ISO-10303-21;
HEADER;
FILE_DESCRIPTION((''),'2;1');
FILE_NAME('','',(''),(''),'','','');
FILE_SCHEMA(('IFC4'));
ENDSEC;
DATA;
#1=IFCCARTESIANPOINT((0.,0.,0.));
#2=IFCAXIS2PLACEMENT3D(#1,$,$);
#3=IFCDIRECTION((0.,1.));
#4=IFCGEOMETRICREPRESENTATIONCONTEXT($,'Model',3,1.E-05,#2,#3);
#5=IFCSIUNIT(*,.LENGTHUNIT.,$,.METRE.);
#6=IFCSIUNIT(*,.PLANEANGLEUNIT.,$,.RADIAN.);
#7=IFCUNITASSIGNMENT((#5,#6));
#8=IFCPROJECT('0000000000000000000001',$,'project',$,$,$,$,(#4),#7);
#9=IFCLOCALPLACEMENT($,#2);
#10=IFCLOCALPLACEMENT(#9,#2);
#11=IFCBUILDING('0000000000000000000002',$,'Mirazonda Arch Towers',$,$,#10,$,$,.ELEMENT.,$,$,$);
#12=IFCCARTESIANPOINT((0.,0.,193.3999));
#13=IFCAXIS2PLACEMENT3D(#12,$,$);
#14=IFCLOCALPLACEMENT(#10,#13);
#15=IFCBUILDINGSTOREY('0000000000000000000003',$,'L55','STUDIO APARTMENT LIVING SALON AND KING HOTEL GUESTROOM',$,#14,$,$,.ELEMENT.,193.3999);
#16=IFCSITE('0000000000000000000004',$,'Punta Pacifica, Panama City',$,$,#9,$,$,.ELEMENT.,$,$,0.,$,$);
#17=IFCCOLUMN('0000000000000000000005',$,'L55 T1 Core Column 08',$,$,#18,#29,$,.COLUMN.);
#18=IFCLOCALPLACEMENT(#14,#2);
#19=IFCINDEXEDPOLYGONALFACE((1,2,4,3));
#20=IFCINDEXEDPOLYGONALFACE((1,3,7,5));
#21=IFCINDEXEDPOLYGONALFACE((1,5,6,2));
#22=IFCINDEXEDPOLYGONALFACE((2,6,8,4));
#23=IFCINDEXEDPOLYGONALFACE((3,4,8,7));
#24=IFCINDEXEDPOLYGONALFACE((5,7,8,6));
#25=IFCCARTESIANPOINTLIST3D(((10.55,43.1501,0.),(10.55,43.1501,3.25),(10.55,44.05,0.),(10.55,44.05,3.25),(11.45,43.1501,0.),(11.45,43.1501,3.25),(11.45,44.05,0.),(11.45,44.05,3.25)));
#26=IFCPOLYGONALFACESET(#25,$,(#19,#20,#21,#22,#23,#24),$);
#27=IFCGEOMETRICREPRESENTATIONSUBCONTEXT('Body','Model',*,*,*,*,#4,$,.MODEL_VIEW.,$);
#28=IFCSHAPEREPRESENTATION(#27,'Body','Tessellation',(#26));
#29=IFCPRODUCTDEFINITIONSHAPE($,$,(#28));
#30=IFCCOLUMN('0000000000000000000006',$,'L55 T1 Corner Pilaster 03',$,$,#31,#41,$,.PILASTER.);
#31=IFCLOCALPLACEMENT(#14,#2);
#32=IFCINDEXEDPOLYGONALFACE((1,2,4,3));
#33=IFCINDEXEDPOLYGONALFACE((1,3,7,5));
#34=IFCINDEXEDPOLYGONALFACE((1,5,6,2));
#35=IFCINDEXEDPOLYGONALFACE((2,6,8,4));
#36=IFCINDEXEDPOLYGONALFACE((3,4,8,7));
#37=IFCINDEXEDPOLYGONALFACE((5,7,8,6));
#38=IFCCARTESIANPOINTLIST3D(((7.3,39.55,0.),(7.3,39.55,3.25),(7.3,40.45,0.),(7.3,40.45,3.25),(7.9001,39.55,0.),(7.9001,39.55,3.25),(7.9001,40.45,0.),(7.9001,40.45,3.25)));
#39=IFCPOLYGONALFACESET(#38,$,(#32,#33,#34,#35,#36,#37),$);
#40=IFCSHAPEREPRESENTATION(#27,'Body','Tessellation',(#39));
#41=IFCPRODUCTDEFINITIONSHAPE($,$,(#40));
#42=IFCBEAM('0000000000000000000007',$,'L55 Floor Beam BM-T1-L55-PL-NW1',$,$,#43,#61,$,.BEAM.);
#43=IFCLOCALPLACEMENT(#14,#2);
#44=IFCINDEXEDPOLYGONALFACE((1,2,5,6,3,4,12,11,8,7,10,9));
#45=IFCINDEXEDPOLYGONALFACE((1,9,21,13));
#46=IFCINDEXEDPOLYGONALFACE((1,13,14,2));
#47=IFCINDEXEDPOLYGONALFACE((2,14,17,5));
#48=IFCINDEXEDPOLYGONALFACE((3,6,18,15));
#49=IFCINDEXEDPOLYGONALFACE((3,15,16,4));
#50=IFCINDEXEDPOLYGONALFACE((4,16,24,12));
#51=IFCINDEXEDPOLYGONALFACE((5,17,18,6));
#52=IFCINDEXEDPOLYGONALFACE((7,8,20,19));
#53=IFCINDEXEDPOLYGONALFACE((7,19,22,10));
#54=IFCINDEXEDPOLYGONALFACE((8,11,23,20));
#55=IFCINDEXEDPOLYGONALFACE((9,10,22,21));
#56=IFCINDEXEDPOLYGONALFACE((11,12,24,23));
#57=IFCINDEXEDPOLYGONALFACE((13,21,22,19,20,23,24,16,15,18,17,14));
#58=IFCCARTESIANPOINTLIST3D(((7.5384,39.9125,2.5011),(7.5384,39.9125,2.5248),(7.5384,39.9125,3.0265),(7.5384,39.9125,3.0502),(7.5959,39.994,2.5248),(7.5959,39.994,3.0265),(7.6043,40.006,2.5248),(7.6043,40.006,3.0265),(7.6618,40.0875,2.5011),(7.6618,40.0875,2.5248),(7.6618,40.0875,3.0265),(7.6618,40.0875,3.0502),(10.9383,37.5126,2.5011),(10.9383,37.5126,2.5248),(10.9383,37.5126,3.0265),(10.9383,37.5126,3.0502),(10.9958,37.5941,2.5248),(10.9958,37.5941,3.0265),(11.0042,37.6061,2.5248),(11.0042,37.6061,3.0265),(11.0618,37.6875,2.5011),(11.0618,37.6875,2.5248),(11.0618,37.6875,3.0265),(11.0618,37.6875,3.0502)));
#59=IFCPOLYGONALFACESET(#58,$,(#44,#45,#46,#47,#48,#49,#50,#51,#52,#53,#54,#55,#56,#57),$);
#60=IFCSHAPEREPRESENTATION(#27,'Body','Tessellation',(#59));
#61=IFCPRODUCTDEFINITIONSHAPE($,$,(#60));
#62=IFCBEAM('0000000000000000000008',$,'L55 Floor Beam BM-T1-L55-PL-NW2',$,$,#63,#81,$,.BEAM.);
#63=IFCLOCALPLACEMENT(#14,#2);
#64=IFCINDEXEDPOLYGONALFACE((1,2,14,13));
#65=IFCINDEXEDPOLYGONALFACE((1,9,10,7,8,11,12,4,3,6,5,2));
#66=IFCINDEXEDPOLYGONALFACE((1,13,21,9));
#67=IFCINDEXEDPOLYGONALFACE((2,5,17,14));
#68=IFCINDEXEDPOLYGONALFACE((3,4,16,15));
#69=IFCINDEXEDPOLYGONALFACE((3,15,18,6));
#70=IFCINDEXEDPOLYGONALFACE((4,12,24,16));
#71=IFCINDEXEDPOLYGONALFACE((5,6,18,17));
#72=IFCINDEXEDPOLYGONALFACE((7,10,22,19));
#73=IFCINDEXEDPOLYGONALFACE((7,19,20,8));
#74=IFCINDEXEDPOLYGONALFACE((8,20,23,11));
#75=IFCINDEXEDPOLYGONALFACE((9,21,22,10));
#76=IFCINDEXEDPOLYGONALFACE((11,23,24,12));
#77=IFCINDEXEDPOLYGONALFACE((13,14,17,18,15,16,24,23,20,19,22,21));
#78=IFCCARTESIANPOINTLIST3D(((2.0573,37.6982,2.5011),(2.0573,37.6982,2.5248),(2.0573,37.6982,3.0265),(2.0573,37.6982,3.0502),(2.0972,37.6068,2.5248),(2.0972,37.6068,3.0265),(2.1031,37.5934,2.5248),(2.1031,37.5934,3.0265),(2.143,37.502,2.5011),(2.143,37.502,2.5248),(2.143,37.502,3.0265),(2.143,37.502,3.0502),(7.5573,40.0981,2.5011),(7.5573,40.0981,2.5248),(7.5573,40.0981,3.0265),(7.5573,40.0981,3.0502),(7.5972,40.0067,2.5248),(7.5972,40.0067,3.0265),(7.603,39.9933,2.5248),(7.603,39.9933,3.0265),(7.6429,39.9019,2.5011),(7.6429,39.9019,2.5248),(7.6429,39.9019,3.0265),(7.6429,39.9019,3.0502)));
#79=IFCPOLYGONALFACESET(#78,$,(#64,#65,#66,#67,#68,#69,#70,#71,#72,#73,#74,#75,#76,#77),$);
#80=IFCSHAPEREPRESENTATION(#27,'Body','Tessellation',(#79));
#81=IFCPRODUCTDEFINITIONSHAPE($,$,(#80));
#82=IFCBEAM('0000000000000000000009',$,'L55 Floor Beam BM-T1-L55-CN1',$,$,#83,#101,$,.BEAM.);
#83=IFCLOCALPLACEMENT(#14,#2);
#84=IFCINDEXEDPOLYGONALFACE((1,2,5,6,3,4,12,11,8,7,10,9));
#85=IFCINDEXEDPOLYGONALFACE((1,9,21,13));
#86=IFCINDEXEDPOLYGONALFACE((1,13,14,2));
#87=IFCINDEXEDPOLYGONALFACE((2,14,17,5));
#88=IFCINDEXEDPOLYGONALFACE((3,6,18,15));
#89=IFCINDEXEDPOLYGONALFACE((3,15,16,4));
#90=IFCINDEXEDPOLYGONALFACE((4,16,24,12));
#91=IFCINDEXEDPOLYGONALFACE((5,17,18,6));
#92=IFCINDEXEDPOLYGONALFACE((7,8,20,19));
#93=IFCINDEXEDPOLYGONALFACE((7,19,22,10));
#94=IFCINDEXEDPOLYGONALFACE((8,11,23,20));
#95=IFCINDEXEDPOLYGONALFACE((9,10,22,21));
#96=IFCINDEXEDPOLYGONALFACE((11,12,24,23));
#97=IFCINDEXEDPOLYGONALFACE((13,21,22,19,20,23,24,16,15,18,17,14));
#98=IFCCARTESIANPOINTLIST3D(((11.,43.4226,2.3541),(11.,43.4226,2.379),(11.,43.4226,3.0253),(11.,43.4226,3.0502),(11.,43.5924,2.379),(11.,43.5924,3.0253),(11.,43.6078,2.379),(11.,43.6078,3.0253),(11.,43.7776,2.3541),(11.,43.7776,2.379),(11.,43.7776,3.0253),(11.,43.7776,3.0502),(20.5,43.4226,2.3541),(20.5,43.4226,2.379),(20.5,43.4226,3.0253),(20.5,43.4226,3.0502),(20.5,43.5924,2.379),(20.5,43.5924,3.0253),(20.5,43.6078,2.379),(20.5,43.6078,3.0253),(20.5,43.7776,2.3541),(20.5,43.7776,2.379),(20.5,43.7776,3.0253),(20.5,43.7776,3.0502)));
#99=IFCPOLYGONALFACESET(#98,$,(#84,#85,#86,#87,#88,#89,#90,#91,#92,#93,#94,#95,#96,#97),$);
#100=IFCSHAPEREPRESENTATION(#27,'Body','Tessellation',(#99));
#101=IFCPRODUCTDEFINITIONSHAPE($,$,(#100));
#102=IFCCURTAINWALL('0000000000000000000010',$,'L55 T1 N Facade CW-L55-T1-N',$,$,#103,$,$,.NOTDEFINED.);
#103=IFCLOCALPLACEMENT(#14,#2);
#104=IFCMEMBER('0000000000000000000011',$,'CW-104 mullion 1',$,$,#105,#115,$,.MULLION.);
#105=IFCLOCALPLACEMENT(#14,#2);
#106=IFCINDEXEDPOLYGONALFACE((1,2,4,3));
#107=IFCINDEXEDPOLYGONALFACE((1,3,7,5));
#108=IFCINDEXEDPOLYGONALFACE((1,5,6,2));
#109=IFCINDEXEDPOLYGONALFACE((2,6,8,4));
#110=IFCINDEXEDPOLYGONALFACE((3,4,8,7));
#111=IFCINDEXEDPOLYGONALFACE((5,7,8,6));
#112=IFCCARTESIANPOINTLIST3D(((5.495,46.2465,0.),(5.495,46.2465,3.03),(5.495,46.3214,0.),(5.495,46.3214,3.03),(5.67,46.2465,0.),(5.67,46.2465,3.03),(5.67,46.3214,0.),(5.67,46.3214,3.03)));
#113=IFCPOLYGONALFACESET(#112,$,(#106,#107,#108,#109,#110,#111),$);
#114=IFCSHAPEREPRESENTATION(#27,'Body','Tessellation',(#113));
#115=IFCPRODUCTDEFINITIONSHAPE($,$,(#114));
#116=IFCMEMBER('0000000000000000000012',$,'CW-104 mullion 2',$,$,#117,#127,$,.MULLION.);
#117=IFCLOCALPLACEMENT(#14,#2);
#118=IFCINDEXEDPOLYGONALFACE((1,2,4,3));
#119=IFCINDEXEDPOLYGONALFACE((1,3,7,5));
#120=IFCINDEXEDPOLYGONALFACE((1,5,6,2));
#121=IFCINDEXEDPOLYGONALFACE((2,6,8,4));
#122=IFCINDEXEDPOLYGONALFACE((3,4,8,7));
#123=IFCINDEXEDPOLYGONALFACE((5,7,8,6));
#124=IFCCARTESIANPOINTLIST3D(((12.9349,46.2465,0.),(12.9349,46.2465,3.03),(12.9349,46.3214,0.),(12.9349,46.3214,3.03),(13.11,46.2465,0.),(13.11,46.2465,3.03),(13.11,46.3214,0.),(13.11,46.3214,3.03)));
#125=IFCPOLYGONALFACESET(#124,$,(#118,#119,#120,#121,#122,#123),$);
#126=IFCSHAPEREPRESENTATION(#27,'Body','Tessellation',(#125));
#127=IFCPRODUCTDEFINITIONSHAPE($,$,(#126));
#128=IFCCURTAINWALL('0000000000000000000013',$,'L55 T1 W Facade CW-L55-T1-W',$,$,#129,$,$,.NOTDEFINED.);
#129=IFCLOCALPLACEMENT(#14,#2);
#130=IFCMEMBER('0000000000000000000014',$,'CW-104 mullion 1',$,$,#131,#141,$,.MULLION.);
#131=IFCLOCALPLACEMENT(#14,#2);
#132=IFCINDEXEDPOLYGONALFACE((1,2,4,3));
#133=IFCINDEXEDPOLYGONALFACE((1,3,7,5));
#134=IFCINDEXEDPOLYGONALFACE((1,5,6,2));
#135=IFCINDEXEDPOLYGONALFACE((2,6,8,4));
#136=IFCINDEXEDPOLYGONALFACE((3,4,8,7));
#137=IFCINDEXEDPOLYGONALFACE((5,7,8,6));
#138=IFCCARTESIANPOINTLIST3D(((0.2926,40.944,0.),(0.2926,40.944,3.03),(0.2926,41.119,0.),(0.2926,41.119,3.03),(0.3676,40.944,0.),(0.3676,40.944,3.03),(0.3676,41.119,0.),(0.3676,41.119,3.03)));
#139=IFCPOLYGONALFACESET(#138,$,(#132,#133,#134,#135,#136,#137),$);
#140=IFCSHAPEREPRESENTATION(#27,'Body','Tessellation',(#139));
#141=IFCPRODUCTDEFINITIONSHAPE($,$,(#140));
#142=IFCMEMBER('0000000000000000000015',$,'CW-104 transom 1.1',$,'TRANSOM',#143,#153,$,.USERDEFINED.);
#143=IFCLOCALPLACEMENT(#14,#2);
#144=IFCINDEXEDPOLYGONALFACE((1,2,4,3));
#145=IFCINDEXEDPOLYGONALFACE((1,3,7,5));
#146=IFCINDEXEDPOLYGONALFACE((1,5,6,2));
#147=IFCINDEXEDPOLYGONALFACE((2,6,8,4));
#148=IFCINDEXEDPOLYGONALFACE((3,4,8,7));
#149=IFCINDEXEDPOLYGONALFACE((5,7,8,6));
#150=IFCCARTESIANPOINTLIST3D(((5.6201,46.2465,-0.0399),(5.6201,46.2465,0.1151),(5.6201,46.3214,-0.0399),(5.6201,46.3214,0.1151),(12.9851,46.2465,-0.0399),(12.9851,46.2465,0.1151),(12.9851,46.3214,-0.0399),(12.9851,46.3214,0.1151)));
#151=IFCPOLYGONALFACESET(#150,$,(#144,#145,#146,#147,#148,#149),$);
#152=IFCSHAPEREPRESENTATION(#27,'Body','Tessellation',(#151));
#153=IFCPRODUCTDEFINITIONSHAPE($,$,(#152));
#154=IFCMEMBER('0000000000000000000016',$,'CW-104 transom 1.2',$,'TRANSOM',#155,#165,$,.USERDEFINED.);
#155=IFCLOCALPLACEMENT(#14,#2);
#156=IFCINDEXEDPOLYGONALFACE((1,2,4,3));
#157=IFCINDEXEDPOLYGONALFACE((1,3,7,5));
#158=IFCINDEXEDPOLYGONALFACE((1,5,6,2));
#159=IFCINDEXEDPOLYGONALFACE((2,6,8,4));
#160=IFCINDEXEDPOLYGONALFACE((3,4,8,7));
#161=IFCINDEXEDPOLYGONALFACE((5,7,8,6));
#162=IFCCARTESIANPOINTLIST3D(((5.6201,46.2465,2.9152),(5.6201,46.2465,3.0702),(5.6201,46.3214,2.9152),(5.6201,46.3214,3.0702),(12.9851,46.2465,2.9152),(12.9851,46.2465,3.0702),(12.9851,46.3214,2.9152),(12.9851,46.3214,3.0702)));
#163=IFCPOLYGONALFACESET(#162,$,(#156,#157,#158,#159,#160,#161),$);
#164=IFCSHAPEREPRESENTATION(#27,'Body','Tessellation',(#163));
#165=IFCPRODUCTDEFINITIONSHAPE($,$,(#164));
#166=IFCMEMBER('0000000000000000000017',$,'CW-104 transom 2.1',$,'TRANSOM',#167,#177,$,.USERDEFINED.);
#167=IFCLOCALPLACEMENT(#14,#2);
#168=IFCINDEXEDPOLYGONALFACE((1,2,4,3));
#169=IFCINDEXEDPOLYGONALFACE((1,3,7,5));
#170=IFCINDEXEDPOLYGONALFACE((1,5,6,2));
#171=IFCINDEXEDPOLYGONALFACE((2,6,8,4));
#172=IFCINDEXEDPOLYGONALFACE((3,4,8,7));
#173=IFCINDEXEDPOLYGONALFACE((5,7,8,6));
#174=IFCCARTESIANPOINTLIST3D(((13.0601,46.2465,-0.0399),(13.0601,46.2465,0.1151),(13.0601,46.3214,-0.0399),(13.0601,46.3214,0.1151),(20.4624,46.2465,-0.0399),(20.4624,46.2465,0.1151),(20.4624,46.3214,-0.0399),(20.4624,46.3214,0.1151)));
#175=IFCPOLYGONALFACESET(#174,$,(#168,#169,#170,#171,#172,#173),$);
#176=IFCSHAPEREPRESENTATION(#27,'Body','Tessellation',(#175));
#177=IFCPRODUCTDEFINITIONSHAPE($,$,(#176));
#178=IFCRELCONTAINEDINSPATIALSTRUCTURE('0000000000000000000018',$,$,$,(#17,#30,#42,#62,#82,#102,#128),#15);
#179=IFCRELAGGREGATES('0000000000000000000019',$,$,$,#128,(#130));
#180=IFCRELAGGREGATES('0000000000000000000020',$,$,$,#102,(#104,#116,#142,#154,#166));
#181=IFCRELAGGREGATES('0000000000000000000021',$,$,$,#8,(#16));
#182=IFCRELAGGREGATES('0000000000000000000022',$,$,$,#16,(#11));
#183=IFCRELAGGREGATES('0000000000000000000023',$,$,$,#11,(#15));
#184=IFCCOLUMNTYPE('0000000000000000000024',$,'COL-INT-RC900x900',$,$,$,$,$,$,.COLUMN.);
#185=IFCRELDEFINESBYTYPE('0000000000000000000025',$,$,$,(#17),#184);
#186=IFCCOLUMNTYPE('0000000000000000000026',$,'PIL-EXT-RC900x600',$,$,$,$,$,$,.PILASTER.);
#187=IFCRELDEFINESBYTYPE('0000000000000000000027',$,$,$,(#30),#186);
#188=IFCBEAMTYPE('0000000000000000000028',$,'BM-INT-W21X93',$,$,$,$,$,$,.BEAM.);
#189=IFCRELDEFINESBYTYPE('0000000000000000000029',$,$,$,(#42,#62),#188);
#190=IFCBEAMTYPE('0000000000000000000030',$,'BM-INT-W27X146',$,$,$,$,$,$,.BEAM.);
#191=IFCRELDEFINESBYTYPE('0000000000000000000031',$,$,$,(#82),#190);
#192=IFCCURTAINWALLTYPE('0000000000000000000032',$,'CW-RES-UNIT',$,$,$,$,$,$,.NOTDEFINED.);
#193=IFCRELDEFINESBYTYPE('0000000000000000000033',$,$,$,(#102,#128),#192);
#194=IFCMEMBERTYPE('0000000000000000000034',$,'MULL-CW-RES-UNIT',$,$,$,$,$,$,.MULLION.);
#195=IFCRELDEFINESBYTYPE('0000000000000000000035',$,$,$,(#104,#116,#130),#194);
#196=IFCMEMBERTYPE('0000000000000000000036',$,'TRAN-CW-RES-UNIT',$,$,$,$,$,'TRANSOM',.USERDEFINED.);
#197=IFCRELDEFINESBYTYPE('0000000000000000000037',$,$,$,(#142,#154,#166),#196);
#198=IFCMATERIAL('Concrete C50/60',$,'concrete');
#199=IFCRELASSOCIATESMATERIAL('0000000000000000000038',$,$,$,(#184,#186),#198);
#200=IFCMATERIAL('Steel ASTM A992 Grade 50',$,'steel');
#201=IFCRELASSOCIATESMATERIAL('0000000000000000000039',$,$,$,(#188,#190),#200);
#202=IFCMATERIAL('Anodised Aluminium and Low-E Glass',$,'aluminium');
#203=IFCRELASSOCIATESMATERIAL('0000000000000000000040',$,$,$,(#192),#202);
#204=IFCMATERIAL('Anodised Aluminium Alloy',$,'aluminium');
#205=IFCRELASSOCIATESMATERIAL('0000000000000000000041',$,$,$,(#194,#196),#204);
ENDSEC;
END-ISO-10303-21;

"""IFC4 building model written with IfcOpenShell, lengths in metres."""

from ifc_helpers import new_model, si_unit, direction, frame, origin, origin_2d, place, context, subcontext, project, spatial, rectangle, i_section, extrude, material, material_profile, profile_set, type_object, element, aggregate, save


model = new_model("IFC4")

# Units and contexts
model_context = context("Model", 3, precision=1e-05, world=origin(), true_north=direction((0.0, 1.0)))
body_context = subcontext(model_context, "Body", "Model", "MODEL_VIEW")
ifc_project = project(units=[si_unit("LENGTHUNIT", "METRE"), si_unit("PLANEANGLEUNIT", "RADIAN")], contexts=[model_context])

# Site, building, storey
site_placement = place(None, origin())
site = spatial("IfcSite", under=ifc_project, at=site_placement, Name="Punta Pacifica, Panama City", CompositionType="ELEMENT", RefElevation=0.0)
building_placement = place(site_placement, origin())
building = spatial("IfcBuilding", under=site, at=building_placement, Name="Mirazonda Arch Towers", CompositionType="ELEMENT")
storey_placement = place(building_placement, frame((0.0, 0.0, 193.3999)))
storey = spatial("IfcBuildingStorey", under=building, at=storey_placement, Name="L55", Description="STUDIO APARTMENT LIVING SALON AND KING HOTEL GUESTROOM", CompositionType="ELEMENT", Elevation=193.3999)

# Columns
ifc_material_1 = material(Name="Concrete C50/60", Category="concrete")
ifc_material_profile_1 = material_profile(ifc_material_1, rectangle(XDim=0.8999, YDim=0.8999, at=origin_2d()), Name="RC900x900")
ifc_profile_set_1 = profile_set([ifc_material_profile_1], Name="Concrete C50/60")
column_type_1 = type_object("IfcColumnType", Name="COL-INT-RC900x900", PredefinedType="COLUMN", material=ifc_profile_set_1)
column_1_placement = place(storey_placement, frame((11.0, 43.6001, 0.0), z_axis=(0.0, 0.0, 1.0), x_axis=(1.0, 0.0, 0.0)))
element("IfcColumn", 1, at=column_1_placement, inside=storey, type_object=column_type_1, Name="L55 T1 Core Column 08", PredefinedType="COLUMN", context=body_context, shape_type="SweptSolid", body=[
    extrude(rectangle(XDim=0.8999, YDim=0.8999, at=origin_2d()), origin(), (0.0, 0.0, 1.0), 3.25),
])
ifc_material_profile_2 = material_profile(ifc_material_1, rectangle(XDim=0.6001, YDim=0.8999, at=origin_2d()), Name="RC900x600")
ifc_profile_set_2 = profile_set([ifc_material_profile_2], Name="Concrete C50/60")
column_type_2 = type_object("IfcColumnType", Name="PIL-EXT-RC900x600", PredefinedType="PILASTER", material=ifc_profile_set_2)
column_2_placement = place(storey_placement, frame((7.6001, 40.0, 0.0), z_axis=(0.0, 0.0, 1.0), x_axis=(1.0, 0.0, 0.0)))
element("IfcColumn", 2, at=column_2_placement, inside=storey, type_object=column_type_2, Name="L55 T1 Corner Pilaster 03", PredefinedType="PILASTER", context=body_context, shape_type="SweptSolid", body=[
    extrude(rectangle(XDim=0.6001, YDim=0.8999, at=origin_2d()), origin(), (0.0, 0.0, 1.0), 3.25),
])

# Beams
ifc_material_2 = material(Name="Steel ASTM A992 Grade 50", Category="steel")
ifc_material_profile_3 = material_profile(ifc_material_2, i_section(OverallWidth=0.2141, OverallDepth=0.5491, WebThickness=0.0146, FlangeThickness=0.0237, at=origin_2d()), Name="W21X93")
ifc_profile_set_3 = profile_set([ifc_material_profile_3], Name="Steel ASTM A992 Grade 50")
beam_type_1 = type_object("IfcBeamType", Name="BM-INT-W21X93", PredefinedType="BEAM", material=ifc_profile_set_3)
beam_1_placement = place(storey_placement, frame((7.6001, 40.0, 2.7756), z_axis=(0.816971, -0.576679, 0.0), x_axis=(0.576679, 0.816971, 0.0)))
element("IfcBeam", 3, at=beam_1_placement, inside=storey, type_object=beam_type_1, Name="L55 Floor Beam BM-T1-L55-PL-NW1", PredefinedType="BEAM", context=body_context, shape_type="SweptSolid", body=[
    extrude(i_section(OverallWidth=0.2141, OverallDepth=0.5491, WebThickness=0.0146, FlangeThickness=0.0237, at=origin_2d()), origin(), (0.0, 0.0, 1.0), 4.1616),
])
beam_2_placement = place(storey_placement, frame((7.6001, 40.0, 2.7756), z_axis=(-0.916545, -0.399931, 0.0), x_axis=(0.399931, -0.916545, 0.0)))
element("IfcBeam", 4, at=beam_2_placement, inside=storey, type_object=beam_type_1, Name="L55 Floor Beam BM-T1-L55-PL-NW2", PredefinedType="BEAM", context=body_context, shape_type="SweptSolid", body=[
    extrude(i_section(OverallWidth=0.2141, OverallDepth=0.5491, WebThickness=0.0146, FlangeThickness=0.0237, at=origin_2d()), origin(), (0.0, 0.0, 1.0), 6.0007),
])
ifc_material_profile_4 = material_profile(ifc_material_2, i_section(OverallWidth=0.355, OverallDepth=0.696, WebThickness=0.0154, FlangeThickness=0.0249, at=origin_2d()), Name="W27X146")
ifc_profile_set_4 = profile_set([ifc_material_profile_4], Name="Steel ASTM A992 Grade 50")
beam_type_2 = type_object("IfcBeamType", Name="BM-INT-W27X146", PredefinedType="BEAM", material=ifc_profile_set_4)
beam_3_placement = place(storey_placement, frame((11.0, 43.6001, 2.7021), z_axis=(1.0, 0.0, 0.0), x_axis=(0.0, 1.0, 0.0)))
element("IfcBeam", 5, at=beam_3_placement, inside=storey, type_object=beam_type_2, Name="L55 Floor Beam BM-T1-L55-CN1", PredefinedType="BEAM", context=body_context, shape_type="SweptSolid", body=[
    extrude(i_section(OverallWidth=0.355, OverallDepth=0.696, WebThickness=0.0154, FlangeThickness=0.0249, at=origin_2d()), origin(), (0.0, 0.0, 1.0), 9.5),
])

# Curtain wall, members
ifc_material_3 = material(Name="Anodised Aluminium and Low-E Glass", Category="aluminium")
curtain_wall_type = type_object("IfcCurtainWallType", Name="CW-RES-UNIT", PredefinedType="NOTDEFINED", material=ifc_material_3)
curtain_wall_1_placement = place(storey_placement, origin())
curtain_wall_1 = element("IfcCurtainWall", 6, at=curtain_wall_1_placement, inside=storey, type_object=curtain_wall_type, Name="L55 T1 N Facade CW-L55-T1-N", PredefinedType="NOTDEFINED")
ifc_material_4 = material(Name="Anodised Aluminium Alloy", Category="aluminium")
ifc_material_profile_5 = material_profile(ifc_material_4, rectangle(XDim=0.075, YDim=0.175, at=origin_2d()), Name="ALU-MULL-75x175")
ifc_profile_set_5 = profile_set([ifc_material_profile_5], Name="Anodised Aluminium Alloy")
member_type_1 = type_object("IfcMemberType", Name="MULL-CW-RES-UNIT", PredefinedType="MULLION", material=ifc_profile_set_5)
member_1_placement = place(storey_placement, frame((5.5825, 46.2839, 0.0), z_axis=(0.0, 0.0, 1.0), x_axis=(0.0, 1.0, 0.0)))
member_1 = element("IfcMember", 7, at=member_1_placement, type_object=member_type_1, Name="CW-104 mullion 1", PredefinedType="MULLION", context=body_context, shape_type="SweptSolid", body=[
    extrude(rectangle(XDim=0.075, YDim=0.175, at=origin_2d()), origin(), (0.0, 0.0, 1.0), 3.03),
])
member_2_placement = place(storey_placement, frame((13.0225, 46.2839, 0.0), z_axis=(0.0, 0.0, 1.0), x_axis=(0.0, 1.0, 0.0)))
member_2 = element("IfcMember", 8, at=member_2_placement, type_object=member_type_1, Name="CW-104 mullion 2", PredefinedType="MULLION", context=body_context, shape_type="SweptSolid", body=[
    extrude(rectangle(XDim=0.075, YDim=0.175, at=origin_2d()), origin(), (0.0, 0.0, 1.0), 3.03),
])

# Curtain wall, member
curtain_wall_2_placement = place(storey_placement, origin())
curtain_wall_2 = element("IfcCurtainWall", 9, at=curtain_wall_2_placement, inside=storey, type_object=curtain_wall_type, Name="L55 T1 W Facade CW-L55-T1-W", PredefinedType="NOTDEFINED")
member_3_placement = place(storey_placement, frame((0.3301, 41.0315, 0.0), z_axis=(0.0, 0.0, 1.0), x_axis=(1.0, 0.0, 0.0)))
member_3 = element("IfcMember", 10, at=member_3_placement, type_object=member_type_1, Name="CW-104 mullion 1", PredefinedType="MULLION", context=body_context, shape_type="SweptSolid", body=[
    extrude(rectangle(XDim=0.075, YDim=0.175, at=origin_2d()), origin(), (0.0, 0.0, 1.0), 3.03),
])

# Members
ifc_material_profile_6 = material_profile(ifc_material_4, rectangle(XDim=0.075, YDim=0.155, at=origin_2d()), Name="ALU-TRAN-75x155")
ifc_profile_set_6 = profile_set([ifc_material_profile_6], Name="Anodised Aluminium Alloy")
member_type_2 = type_object("IfcMemberType", Name="TRAN-CW-RES-UNIT", ElementType="TRANSOM", PredefinedType="USERDEFINED", material=ifc_profile_set_6)
member_4_placement = place(storey_placement, frame((5.6201, 46.2839, 0.0376), z_axis=(1.0, 0.0, 0.0), x_axis=(0.0, 1.0, 0.0)))
member_4 = element("IfcMember", 11, at=member_4_placement, type_object=member_type_2, Name="CW-104 transom 1.1", ObjectType="TRANSOM", PredefinedType="USERDEFINED", context=body_context, shape_type="SweptSolid", body=[
    extrude(rectangle(XDim=0.075, YDim=0.155, at=origin_2d()), origin(), (0.0, 0.0, 1.0), 7.365),
])
member_5_placement = place(storey_placement, frame((5.6201, 46.2839, 2.9927), z_axis=(1.0, 0.0, 0.0), x_axis=(0.0, 1.0, 0.0)))
member_5 = element("IfcMember", 12, at=member_5_placement, type_object=member_type_2, Name="CW-104 transom 1.2", ObjectType="TRANSOM", PredefinedType="USERDEFINED", context=body_context, shape_type="SweptSolid", body=[
    extrude(rectangle(XDim=0.075, YDim=0.155, at=origin_2d()), origin(), (0.0, 0.0, 1.0), 7.365),
])
member_6_placement = place(storey_placement, frame((13.0601, 46.2839, 0.0376), z_axis=(1.0, 0.0, 0.0), x_axis=(0.0, 1.0, 0.0)))
member_6 = element("IfcMember", 13, at=member_6_placement, type_object=member_type_2, Name="CW-104 transom 2.1", ObjectType="TRANSOM", PredefinedType="USERDEFINED", context=body_context, shape_type="SweptSolid", body=[
    extrude(rectangle(XDim=0.075, YDim=0.155, at=origin_2d()), origin(), (0.0, 0.0, 1.0), 7.4023),
])
aggregate(curtain_wall_2, [member_3])

aggregate(curtain_wall_1, [member_1, member_2, member_4, member_5, member_6])

save(model, "model.ifc")
